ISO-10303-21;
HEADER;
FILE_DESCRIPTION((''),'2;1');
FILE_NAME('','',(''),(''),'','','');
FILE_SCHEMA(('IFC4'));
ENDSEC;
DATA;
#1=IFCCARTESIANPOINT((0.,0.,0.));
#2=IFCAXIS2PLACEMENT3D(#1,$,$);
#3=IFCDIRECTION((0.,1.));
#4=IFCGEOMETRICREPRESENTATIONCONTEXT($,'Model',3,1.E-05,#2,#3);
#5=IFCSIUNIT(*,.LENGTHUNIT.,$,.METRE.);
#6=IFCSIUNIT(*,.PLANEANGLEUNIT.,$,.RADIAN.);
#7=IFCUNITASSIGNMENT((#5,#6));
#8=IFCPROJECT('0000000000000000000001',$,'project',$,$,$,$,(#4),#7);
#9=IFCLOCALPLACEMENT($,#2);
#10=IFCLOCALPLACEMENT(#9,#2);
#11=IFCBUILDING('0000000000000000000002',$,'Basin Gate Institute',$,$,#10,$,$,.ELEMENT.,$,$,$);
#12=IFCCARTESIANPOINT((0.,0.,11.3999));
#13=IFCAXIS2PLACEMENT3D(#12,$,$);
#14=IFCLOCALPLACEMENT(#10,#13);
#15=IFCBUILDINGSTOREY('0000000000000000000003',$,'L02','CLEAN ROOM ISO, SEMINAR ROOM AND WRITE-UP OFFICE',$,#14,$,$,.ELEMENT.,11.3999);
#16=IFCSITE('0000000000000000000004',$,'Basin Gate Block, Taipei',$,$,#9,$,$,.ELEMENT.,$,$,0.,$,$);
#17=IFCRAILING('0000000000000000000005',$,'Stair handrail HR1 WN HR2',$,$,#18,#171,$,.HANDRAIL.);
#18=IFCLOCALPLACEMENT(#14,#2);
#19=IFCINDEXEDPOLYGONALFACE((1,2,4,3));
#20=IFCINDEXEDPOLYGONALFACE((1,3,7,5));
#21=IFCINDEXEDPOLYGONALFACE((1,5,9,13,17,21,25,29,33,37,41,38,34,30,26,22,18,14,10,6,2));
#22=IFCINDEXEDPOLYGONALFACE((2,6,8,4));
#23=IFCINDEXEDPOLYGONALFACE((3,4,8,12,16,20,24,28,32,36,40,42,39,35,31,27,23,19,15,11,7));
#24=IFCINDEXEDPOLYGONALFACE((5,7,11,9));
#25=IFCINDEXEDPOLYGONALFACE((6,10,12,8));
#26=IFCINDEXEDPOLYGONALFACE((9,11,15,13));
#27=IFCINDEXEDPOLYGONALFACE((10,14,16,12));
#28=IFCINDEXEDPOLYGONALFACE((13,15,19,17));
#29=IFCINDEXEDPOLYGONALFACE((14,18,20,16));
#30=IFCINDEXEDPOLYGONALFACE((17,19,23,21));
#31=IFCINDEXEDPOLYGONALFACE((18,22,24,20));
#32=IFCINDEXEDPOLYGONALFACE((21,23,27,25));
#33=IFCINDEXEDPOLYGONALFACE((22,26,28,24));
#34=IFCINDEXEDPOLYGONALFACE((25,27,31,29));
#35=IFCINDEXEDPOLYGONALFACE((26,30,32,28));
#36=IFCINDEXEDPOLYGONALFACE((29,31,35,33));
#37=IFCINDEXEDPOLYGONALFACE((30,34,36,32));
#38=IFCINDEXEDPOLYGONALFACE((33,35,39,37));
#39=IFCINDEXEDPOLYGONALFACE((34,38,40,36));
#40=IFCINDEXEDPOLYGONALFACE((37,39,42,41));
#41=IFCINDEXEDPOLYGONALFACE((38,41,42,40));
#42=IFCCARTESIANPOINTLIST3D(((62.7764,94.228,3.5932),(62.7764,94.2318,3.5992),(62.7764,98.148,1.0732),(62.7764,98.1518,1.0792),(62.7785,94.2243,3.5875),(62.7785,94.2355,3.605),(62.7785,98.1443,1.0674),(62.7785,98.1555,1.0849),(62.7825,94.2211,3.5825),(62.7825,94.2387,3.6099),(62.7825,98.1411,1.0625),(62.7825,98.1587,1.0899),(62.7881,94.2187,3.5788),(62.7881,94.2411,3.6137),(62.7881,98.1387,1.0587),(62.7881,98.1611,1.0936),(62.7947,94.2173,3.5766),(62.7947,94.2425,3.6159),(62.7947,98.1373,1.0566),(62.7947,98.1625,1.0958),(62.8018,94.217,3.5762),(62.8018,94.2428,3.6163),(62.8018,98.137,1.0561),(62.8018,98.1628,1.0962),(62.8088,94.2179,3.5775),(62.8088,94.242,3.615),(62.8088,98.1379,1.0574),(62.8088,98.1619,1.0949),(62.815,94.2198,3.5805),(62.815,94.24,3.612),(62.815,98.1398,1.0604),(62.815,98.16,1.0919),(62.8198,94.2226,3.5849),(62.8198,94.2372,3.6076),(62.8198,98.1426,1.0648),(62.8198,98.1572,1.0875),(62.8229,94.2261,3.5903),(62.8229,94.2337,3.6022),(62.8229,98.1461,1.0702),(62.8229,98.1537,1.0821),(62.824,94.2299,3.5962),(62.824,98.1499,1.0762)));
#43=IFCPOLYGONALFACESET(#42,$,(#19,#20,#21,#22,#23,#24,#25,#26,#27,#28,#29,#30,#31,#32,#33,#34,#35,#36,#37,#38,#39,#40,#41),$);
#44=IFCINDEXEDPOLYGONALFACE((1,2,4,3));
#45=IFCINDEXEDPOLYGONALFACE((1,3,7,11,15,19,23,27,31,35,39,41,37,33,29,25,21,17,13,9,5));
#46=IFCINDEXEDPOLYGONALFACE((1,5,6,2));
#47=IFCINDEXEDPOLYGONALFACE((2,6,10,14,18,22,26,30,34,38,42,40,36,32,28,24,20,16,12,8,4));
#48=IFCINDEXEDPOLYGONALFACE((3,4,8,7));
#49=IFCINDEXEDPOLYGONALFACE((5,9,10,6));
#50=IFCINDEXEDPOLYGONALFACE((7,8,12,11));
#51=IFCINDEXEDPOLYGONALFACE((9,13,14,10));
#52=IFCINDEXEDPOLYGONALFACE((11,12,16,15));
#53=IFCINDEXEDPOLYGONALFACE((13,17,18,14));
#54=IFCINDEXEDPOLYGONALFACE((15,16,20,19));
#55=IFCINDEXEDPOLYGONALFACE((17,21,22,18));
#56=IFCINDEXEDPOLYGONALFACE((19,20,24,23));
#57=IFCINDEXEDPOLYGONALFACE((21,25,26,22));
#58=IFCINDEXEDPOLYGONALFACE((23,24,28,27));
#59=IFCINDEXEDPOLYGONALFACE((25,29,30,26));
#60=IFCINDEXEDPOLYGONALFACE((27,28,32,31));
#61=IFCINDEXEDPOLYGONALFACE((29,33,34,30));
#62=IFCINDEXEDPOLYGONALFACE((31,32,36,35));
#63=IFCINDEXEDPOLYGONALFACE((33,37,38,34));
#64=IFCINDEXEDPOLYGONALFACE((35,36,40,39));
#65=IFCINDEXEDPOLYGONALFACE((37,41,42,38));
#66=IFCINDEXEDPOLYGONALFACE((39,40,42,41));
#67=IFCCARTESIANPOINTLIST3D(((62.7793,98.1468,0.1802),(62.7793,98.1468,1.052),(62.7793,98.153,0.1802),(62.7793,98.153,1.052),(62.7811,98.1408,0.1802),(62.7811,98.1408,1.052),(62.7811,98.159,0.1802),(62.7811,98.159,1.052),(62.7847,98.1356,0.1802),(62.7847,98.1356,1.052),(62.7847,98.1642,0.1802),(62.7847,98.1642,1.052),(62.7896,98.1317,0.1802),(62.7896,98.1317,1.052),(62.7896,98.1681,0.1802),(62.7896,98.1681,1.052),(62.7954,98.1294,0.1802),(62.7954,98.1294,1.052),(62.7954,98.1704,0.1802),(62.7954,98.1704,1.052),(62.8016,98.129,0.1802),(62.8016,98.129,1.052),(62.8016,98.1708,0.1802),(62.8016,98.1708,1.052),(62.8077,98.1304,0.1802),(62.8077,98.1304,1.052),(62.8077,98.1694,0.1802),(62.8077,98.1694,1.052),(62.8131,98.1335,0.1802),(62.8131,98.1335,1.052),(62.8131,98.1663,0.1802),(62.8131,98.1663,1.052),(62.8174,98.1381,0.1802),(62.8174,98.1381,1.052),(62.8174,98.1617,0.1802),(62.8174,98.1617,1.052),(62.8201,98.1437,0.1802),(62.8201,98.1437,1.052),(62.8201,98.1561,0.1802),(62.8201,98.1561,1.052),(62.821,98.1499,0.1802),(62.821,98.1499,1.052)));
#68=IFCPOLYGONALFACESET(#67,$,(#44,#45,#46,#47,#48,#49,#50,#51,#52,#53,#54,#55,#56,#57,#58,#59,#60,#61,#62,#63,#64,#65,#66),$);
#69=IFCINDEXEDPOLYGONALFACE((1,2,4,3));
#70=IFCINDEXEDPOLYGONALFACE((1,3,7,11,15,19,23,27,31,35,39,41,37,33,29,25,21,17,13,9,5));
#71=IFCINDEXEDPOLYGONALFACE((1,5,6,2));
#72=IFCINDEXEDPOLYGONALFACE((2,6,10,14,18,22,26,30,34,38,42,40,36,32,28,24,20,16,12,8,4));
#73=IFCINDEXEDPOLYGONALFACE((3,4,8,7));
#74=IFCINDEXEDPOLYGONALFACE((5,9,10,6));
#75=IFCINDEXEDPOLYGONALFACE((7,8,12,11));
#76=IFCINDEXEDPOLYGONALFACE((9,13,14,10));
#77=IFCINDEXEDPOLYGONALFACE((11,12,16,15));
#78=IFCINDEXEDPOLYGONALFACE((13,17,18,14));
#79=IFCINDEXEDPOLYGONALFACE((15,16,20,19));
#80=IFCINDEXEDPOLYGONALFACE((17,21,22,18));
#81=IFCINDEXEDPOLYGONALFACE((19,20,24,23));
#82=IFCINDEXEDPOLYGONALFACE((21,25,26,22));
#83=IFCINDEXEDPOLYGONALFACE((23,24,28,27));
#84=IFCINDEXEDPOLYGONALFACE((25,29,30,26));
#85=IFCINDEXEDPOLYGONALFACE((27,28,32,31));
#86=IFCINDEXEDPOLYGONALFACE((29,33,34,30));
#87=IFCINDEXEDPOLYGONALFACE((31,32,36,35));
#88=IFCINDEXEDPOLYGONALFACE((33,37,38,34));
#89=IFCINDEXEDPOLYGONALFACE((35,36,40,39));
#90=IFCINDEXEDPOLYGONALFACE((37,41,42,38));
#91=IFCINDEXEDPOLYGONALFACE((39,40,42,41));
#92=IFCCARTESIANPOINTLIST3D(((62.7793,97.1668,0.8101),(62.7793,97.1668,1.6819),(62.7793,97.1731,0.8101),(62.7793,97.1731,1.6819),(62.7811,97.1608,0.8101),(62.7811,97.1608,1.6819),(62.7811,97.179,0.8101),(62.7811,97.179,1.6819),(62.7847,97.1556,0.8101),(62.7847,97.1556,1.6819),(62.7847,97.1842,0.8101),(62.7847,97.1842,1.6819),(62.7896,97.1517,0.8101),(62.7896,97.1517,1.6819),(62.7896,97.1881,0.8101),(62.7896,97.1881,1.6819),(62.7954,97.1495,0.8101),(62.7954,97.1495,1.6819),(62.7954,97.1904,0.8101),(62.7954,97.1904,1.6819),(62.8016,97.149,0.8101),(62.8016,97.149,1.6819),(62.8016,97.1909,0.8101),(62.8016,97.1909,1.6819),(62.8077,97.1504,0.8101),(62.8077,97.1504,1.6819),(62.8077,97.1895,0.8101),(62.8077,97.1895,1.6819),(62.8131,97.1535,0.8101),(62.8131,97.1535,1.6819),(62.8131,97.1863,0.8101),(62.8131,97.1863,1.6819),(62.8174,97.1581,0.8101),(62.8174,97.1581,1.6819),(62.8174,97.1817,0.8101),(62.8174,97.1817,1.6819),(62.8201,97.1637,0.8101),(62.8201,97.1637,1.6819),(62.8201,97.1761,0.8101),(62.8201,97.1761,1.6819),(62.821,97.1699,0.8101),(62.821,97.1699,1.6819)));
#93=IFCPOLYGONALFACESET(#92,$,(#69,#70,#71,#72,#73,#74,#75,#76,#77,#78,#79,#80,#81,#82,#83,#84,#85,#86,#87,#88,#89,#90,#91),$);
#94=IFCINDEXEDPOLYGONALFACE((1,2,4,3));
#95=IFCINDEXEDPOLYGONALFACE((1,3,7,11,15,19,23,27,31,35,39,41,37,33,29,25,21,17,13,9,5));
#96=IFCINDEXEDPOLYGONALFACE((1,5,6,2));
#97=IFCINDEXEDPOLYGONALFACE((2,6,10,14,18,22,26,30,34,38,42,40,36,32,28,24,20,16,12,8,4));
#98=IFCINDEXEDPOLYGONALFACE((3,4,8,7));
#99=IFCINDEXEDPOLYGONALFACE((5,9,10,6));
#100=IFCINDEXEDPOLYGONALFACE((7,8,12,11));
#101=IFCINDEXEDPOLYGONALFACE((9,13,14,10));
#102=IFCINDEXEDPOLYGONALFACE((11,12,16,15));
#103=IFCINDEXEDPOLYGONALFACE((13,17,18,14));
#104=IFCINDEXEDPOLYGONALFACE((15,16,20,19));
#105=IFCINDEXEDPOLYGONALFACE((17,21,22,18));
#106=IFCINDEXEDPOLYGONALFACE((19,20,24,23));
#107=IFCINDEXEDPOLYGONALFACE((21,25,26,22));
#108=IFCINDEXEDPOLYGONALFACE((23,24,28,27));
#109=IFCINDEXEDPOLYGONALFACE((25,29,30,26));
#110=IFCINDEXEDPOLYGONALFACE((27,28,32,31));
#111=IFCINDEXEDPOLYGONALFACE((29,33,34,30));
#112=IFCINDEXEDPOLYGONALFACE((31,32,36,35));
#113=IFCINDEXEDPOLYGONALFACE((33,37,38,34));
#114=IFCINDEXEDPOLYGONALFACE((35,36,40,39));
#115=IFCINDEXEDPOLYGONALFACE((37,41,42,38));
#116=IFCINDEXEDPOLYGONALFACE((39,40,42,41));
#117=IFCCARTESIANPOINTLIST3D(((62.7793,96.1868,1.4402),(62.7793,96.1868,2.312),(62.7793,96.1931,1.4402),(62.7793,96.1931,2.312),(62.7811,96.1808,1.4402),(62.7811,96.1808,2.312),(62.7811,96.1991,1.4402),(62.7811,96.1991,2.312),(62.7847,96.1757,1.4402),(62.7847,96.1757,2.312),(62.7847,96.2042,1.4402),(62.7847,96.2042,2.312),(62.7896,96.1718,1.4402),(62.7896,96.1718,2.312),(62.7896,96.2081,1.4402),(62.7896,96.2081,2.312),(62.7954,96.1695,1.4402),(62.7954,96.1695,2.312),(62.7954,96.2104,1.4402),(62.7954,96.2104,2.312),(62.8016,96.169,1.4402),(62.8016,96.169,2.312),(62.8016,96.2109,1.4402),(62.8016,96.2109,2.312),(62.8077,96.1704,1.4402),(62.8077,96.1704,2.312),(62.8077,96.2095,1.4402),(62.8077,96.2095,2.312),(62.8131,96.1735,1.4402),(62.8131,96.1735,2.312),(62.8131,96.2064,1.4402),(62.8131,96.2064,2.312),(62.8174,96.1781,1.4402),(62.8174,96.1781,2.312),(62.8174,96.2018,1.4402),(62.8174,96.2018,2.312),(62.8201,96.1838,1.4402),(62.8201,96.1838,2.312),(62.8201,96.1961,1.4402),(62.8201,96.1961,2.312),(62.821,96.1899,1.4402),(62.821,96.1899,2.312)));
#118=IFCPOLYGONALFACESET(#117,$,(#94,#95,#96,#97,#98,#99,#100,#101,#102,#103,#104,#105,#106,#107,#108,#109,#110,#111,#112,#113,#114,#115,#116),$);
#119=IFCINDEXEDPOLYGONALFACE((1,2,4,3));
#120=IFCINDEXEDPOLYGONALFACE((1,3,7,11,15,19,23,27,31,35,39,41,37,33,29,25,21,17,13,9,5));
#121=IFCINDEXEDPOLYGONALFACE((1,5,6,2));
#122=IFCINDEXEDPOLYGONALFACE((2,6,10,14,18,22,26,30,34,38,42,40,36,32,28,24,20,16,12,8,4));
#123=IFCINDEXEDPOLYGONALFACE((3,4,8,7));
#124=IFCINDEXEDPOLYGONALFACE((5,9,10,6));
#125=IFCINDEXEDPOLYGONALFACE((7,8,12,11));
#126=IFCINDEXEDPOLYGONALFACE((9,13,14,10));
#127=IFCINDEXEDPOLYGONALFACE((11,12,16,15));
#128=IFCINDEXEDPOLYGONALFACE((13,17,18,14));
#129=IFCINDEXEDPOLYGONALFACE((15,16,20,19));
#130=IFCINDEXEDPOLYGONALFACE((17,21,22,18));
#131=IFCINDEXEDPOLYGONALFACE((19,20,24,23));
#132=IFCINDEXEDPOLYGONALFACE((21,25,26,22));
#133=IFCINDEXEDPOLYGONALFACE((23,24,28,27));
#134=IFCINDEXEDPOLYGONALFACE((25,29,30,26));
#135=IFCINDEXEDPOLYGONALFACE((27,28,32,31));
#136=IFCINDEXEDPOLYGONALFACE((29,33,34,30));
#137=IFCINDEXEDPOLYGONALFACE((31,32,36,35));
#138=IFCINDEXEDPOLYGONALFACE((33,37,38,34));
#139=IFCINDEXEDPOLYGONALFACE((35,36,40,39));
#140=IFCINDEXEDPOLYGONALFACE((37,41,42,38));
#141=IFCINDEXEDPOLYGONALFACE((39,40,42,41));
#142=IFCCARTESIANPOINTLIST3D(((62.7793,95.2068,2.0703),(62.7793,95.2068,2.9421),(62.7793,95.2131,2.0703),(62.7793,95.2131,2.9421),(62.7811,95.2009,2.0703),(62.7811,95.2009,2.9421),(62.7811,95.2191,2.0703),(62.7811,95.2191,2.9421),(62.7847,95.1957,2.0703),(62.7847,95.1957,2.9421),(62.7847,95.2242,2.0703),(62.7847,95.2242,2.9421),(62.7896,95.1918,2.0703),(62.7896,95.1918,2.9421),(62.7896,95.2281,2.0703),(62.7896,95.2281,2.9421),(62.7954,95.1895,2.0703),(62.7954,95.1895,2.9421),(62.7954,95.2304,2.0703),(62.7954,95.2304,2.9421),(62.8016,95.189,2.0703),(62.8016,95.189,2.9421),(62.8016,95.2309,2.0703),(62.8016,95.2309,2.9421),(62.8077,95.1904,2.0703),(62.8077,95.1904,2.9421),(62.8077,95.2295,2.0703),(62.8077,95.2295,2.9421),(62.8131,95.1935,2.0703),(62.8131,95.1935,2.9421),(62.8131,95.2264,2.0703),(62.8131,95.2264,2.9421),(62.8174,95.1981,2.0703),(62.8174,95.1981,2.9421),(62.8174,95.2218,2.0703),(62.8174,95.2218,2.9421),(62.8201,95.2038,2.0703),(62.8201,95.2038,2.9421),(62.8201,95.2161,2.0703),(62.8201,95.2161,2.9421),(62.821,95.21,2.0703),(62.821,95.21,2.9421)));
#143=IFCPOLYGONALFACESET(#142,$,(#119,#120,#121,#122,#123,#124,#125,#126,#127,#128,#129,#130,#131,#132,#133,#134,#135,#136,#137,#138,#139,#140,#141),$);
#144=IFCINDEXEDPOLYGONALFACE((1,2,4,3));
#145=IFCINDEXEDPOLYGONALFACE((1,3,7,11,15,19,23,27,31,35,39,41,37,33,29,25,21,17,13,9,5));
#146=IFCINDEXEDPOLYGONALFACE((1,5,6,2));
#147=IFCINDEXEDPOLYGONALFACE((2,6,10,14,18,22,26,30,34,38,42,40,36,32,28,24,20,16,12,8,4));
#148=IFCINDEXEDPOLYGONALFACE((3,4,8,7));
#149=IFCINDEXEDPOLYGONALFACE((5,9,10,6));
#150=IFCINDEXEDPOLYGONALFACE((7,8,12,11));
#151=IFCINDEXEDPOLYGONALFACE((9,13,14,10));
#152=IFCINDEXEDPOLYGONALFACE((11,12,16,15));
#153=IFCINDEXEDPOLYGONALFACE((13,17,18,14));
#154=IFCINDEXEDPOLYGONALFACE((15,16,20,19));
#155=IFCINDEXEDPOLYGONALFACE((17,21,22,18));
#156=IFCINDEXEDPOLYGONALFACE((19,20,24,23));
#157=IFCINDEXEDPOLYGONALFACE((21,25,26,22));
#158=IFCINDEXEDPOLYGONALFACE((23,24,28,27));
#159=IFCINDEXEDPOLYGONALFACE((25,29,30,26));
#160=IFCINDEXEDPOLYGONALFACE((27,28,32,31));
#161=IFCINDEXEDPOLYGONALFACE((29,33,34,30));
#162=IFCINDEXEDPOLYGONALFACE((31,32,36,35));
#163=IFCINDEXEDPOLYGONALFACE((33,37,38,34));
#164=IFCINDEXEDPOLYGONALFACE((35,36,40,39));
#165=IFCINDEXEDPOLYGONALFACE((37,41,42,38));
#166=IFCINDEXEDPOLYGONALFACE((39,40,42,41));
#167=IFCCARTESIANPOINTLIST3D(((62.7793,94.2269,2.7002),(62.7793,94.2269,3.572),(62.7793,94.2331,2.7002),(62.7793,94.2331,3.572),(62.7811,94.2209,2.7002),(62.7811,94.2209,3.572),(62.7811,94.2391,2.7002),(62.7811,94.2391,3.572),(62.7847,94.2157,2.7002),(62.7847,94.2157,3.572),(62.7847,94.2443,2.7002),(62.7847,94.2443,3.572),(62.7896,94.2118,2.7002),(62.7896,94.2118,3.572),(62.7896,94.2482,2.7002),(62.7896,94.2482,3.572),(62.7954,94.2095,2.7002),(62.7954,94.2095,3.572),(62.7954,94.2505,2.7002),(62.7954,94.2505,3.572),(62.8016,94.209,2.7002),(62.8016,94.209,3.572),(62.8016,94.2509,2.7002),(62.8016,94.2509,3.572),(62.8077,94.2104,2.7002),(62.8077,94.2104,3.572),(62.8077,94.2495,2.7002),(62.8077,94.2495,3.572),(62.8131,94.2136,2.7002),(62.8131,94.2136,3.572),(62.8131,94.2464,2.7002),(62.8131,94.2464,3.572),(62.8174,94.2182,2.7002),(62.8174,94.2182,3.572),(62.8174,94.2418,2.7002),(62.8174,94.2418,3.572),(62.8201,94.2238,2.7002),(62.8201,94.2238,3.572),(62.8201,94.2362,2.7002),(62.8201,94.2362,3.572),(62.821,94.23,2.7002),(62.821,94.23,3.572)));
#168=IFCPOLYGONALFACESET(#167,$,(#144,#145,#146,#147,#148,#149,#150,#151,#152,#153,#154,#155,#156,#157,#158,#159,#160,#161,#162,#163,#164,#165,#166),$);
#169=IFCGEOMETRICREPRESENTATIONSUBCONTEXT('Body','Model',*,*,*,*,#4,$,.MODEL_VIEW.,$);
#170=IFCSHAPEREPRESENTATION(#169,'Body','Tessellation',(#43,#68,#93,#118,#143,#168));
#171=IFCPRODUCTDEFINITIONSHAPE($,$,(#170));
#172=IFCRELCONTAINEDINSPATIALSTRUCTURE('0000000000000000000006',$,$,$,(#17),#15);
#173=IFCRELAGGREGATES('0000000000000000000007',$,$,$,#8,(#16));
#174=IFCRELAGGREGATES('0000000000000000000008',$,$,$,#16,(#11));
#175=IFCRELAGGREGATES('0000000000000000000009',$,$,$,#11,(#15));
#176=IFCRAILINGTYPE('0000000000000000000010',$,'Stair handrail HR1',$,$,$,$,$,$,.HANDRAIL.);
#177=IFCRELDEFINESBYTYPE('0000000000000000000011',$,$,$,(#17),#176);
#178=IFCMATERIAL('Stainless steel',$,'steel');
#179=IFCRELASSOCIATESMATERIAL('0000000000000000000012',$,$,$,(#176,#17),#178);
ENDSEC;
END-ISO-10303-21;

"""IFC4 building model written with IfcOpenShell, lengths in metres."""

from ifc_helpers import new_model, si_unit, direction, frame, origin, origin_2d, place, context, subcontext, project, spatial, circle, extrude, material, type_object, element, save


model = new_model("IFC4")

# Units and contexts
model_context = context("Model", 3, precision=1e-05, world=origin(), true_north=direction((0.0, 1.0)))
body_context = subcontext(model_context, "Body", "Model", "MODEL_VIEW")
ifc_project = project(units=[si_unit("LENGTHUNIT", "METRE"), si_unit("PLANEANGLEUNIT", "RADIAN")], contexts=[model_context])

# Site, building, storey
site_placement = place(None, origin())
site = spatial("IfcSite", under=ifc_project, at=site_placement, Name="Basin Gate Block, Taipei", CompositionType="ELEMENT", RefElevation=0.0)
building_placement = place(site_placement, origin())
building = spatial("IfcBuilding", under=site, at=building_placement, Name="Basin Gate Institute", CompositionType="ELEMENT")
storey_placement = place(building_placement, frame((0.0, 0.0, 11.3999)))
storey = spatial("IfcBuildingStorey", under=building, at=storey_placement, Name="L02", Description="CLEAN ROOM ISO, SEMINAR ROOM AND WRITE-UP OFFICE", CompositionType="ELEMENT", Elevation=11.3999)

# Railing
ifc_material_1 = material(Name="Stainless steel", Category="steel")
railing_type_1 = type_object("IfcRailingType", Name="Stair handrail HR1", PredefinedType="HANDRAIL", material=ifc_material_1)
for number, where, name in (
    (1, (62.8, 98.1499, 0.1802), "Stair handrail HR1 WN HR2"),
):
    element("IfcRailing", number, at=place(storey_placement, frame(where)), inside=storey, type_object=railing_type_1, material=ifc_material_1, Name=name, PredefinedType="HANDRAIL", context=body_context, shape_type="SweptSolid", body=[
        extrude(circle(Radius=0.0239, at=origin_2d()), frame((0.0, 0.0, 0.896), z_axis=(0.0, -0.841172, 0.540768), x_axis=(1.0, 0.0, 0.0)), (0.0, 0.0, 1.0), 4.6602),
        extrude(circle(Radius=0.021, at=origin_2d()), origin(), (0.0, 0.0, 1.0), 0.8718),
        extrude(circle(Radius=0.021, at=origin_2d()), frame((0.0, -0.98, 0.6299)), (0.0, 0.0, 1.0), 0.8718),
        extrude(circle(Radius=0.021, at=origin_2d()), frame((0.0, -1.96, 1.26)), (0.0, 0.0, 1.0), 0.8718),
        extrude(circle(Radius=0.021, at=origin_2d()), frame((0.0, -2.9399, 1.8901)), (0.0, 0.0, 1.0), 0.8718),
        extrude(circle(Radius=0.021, at=origin_2d()), frame((0.0, -3.9199, 2.52)), (0.0, 0.0, 1.0), 0.8718),
    ])

save(model, "model.ifc")
